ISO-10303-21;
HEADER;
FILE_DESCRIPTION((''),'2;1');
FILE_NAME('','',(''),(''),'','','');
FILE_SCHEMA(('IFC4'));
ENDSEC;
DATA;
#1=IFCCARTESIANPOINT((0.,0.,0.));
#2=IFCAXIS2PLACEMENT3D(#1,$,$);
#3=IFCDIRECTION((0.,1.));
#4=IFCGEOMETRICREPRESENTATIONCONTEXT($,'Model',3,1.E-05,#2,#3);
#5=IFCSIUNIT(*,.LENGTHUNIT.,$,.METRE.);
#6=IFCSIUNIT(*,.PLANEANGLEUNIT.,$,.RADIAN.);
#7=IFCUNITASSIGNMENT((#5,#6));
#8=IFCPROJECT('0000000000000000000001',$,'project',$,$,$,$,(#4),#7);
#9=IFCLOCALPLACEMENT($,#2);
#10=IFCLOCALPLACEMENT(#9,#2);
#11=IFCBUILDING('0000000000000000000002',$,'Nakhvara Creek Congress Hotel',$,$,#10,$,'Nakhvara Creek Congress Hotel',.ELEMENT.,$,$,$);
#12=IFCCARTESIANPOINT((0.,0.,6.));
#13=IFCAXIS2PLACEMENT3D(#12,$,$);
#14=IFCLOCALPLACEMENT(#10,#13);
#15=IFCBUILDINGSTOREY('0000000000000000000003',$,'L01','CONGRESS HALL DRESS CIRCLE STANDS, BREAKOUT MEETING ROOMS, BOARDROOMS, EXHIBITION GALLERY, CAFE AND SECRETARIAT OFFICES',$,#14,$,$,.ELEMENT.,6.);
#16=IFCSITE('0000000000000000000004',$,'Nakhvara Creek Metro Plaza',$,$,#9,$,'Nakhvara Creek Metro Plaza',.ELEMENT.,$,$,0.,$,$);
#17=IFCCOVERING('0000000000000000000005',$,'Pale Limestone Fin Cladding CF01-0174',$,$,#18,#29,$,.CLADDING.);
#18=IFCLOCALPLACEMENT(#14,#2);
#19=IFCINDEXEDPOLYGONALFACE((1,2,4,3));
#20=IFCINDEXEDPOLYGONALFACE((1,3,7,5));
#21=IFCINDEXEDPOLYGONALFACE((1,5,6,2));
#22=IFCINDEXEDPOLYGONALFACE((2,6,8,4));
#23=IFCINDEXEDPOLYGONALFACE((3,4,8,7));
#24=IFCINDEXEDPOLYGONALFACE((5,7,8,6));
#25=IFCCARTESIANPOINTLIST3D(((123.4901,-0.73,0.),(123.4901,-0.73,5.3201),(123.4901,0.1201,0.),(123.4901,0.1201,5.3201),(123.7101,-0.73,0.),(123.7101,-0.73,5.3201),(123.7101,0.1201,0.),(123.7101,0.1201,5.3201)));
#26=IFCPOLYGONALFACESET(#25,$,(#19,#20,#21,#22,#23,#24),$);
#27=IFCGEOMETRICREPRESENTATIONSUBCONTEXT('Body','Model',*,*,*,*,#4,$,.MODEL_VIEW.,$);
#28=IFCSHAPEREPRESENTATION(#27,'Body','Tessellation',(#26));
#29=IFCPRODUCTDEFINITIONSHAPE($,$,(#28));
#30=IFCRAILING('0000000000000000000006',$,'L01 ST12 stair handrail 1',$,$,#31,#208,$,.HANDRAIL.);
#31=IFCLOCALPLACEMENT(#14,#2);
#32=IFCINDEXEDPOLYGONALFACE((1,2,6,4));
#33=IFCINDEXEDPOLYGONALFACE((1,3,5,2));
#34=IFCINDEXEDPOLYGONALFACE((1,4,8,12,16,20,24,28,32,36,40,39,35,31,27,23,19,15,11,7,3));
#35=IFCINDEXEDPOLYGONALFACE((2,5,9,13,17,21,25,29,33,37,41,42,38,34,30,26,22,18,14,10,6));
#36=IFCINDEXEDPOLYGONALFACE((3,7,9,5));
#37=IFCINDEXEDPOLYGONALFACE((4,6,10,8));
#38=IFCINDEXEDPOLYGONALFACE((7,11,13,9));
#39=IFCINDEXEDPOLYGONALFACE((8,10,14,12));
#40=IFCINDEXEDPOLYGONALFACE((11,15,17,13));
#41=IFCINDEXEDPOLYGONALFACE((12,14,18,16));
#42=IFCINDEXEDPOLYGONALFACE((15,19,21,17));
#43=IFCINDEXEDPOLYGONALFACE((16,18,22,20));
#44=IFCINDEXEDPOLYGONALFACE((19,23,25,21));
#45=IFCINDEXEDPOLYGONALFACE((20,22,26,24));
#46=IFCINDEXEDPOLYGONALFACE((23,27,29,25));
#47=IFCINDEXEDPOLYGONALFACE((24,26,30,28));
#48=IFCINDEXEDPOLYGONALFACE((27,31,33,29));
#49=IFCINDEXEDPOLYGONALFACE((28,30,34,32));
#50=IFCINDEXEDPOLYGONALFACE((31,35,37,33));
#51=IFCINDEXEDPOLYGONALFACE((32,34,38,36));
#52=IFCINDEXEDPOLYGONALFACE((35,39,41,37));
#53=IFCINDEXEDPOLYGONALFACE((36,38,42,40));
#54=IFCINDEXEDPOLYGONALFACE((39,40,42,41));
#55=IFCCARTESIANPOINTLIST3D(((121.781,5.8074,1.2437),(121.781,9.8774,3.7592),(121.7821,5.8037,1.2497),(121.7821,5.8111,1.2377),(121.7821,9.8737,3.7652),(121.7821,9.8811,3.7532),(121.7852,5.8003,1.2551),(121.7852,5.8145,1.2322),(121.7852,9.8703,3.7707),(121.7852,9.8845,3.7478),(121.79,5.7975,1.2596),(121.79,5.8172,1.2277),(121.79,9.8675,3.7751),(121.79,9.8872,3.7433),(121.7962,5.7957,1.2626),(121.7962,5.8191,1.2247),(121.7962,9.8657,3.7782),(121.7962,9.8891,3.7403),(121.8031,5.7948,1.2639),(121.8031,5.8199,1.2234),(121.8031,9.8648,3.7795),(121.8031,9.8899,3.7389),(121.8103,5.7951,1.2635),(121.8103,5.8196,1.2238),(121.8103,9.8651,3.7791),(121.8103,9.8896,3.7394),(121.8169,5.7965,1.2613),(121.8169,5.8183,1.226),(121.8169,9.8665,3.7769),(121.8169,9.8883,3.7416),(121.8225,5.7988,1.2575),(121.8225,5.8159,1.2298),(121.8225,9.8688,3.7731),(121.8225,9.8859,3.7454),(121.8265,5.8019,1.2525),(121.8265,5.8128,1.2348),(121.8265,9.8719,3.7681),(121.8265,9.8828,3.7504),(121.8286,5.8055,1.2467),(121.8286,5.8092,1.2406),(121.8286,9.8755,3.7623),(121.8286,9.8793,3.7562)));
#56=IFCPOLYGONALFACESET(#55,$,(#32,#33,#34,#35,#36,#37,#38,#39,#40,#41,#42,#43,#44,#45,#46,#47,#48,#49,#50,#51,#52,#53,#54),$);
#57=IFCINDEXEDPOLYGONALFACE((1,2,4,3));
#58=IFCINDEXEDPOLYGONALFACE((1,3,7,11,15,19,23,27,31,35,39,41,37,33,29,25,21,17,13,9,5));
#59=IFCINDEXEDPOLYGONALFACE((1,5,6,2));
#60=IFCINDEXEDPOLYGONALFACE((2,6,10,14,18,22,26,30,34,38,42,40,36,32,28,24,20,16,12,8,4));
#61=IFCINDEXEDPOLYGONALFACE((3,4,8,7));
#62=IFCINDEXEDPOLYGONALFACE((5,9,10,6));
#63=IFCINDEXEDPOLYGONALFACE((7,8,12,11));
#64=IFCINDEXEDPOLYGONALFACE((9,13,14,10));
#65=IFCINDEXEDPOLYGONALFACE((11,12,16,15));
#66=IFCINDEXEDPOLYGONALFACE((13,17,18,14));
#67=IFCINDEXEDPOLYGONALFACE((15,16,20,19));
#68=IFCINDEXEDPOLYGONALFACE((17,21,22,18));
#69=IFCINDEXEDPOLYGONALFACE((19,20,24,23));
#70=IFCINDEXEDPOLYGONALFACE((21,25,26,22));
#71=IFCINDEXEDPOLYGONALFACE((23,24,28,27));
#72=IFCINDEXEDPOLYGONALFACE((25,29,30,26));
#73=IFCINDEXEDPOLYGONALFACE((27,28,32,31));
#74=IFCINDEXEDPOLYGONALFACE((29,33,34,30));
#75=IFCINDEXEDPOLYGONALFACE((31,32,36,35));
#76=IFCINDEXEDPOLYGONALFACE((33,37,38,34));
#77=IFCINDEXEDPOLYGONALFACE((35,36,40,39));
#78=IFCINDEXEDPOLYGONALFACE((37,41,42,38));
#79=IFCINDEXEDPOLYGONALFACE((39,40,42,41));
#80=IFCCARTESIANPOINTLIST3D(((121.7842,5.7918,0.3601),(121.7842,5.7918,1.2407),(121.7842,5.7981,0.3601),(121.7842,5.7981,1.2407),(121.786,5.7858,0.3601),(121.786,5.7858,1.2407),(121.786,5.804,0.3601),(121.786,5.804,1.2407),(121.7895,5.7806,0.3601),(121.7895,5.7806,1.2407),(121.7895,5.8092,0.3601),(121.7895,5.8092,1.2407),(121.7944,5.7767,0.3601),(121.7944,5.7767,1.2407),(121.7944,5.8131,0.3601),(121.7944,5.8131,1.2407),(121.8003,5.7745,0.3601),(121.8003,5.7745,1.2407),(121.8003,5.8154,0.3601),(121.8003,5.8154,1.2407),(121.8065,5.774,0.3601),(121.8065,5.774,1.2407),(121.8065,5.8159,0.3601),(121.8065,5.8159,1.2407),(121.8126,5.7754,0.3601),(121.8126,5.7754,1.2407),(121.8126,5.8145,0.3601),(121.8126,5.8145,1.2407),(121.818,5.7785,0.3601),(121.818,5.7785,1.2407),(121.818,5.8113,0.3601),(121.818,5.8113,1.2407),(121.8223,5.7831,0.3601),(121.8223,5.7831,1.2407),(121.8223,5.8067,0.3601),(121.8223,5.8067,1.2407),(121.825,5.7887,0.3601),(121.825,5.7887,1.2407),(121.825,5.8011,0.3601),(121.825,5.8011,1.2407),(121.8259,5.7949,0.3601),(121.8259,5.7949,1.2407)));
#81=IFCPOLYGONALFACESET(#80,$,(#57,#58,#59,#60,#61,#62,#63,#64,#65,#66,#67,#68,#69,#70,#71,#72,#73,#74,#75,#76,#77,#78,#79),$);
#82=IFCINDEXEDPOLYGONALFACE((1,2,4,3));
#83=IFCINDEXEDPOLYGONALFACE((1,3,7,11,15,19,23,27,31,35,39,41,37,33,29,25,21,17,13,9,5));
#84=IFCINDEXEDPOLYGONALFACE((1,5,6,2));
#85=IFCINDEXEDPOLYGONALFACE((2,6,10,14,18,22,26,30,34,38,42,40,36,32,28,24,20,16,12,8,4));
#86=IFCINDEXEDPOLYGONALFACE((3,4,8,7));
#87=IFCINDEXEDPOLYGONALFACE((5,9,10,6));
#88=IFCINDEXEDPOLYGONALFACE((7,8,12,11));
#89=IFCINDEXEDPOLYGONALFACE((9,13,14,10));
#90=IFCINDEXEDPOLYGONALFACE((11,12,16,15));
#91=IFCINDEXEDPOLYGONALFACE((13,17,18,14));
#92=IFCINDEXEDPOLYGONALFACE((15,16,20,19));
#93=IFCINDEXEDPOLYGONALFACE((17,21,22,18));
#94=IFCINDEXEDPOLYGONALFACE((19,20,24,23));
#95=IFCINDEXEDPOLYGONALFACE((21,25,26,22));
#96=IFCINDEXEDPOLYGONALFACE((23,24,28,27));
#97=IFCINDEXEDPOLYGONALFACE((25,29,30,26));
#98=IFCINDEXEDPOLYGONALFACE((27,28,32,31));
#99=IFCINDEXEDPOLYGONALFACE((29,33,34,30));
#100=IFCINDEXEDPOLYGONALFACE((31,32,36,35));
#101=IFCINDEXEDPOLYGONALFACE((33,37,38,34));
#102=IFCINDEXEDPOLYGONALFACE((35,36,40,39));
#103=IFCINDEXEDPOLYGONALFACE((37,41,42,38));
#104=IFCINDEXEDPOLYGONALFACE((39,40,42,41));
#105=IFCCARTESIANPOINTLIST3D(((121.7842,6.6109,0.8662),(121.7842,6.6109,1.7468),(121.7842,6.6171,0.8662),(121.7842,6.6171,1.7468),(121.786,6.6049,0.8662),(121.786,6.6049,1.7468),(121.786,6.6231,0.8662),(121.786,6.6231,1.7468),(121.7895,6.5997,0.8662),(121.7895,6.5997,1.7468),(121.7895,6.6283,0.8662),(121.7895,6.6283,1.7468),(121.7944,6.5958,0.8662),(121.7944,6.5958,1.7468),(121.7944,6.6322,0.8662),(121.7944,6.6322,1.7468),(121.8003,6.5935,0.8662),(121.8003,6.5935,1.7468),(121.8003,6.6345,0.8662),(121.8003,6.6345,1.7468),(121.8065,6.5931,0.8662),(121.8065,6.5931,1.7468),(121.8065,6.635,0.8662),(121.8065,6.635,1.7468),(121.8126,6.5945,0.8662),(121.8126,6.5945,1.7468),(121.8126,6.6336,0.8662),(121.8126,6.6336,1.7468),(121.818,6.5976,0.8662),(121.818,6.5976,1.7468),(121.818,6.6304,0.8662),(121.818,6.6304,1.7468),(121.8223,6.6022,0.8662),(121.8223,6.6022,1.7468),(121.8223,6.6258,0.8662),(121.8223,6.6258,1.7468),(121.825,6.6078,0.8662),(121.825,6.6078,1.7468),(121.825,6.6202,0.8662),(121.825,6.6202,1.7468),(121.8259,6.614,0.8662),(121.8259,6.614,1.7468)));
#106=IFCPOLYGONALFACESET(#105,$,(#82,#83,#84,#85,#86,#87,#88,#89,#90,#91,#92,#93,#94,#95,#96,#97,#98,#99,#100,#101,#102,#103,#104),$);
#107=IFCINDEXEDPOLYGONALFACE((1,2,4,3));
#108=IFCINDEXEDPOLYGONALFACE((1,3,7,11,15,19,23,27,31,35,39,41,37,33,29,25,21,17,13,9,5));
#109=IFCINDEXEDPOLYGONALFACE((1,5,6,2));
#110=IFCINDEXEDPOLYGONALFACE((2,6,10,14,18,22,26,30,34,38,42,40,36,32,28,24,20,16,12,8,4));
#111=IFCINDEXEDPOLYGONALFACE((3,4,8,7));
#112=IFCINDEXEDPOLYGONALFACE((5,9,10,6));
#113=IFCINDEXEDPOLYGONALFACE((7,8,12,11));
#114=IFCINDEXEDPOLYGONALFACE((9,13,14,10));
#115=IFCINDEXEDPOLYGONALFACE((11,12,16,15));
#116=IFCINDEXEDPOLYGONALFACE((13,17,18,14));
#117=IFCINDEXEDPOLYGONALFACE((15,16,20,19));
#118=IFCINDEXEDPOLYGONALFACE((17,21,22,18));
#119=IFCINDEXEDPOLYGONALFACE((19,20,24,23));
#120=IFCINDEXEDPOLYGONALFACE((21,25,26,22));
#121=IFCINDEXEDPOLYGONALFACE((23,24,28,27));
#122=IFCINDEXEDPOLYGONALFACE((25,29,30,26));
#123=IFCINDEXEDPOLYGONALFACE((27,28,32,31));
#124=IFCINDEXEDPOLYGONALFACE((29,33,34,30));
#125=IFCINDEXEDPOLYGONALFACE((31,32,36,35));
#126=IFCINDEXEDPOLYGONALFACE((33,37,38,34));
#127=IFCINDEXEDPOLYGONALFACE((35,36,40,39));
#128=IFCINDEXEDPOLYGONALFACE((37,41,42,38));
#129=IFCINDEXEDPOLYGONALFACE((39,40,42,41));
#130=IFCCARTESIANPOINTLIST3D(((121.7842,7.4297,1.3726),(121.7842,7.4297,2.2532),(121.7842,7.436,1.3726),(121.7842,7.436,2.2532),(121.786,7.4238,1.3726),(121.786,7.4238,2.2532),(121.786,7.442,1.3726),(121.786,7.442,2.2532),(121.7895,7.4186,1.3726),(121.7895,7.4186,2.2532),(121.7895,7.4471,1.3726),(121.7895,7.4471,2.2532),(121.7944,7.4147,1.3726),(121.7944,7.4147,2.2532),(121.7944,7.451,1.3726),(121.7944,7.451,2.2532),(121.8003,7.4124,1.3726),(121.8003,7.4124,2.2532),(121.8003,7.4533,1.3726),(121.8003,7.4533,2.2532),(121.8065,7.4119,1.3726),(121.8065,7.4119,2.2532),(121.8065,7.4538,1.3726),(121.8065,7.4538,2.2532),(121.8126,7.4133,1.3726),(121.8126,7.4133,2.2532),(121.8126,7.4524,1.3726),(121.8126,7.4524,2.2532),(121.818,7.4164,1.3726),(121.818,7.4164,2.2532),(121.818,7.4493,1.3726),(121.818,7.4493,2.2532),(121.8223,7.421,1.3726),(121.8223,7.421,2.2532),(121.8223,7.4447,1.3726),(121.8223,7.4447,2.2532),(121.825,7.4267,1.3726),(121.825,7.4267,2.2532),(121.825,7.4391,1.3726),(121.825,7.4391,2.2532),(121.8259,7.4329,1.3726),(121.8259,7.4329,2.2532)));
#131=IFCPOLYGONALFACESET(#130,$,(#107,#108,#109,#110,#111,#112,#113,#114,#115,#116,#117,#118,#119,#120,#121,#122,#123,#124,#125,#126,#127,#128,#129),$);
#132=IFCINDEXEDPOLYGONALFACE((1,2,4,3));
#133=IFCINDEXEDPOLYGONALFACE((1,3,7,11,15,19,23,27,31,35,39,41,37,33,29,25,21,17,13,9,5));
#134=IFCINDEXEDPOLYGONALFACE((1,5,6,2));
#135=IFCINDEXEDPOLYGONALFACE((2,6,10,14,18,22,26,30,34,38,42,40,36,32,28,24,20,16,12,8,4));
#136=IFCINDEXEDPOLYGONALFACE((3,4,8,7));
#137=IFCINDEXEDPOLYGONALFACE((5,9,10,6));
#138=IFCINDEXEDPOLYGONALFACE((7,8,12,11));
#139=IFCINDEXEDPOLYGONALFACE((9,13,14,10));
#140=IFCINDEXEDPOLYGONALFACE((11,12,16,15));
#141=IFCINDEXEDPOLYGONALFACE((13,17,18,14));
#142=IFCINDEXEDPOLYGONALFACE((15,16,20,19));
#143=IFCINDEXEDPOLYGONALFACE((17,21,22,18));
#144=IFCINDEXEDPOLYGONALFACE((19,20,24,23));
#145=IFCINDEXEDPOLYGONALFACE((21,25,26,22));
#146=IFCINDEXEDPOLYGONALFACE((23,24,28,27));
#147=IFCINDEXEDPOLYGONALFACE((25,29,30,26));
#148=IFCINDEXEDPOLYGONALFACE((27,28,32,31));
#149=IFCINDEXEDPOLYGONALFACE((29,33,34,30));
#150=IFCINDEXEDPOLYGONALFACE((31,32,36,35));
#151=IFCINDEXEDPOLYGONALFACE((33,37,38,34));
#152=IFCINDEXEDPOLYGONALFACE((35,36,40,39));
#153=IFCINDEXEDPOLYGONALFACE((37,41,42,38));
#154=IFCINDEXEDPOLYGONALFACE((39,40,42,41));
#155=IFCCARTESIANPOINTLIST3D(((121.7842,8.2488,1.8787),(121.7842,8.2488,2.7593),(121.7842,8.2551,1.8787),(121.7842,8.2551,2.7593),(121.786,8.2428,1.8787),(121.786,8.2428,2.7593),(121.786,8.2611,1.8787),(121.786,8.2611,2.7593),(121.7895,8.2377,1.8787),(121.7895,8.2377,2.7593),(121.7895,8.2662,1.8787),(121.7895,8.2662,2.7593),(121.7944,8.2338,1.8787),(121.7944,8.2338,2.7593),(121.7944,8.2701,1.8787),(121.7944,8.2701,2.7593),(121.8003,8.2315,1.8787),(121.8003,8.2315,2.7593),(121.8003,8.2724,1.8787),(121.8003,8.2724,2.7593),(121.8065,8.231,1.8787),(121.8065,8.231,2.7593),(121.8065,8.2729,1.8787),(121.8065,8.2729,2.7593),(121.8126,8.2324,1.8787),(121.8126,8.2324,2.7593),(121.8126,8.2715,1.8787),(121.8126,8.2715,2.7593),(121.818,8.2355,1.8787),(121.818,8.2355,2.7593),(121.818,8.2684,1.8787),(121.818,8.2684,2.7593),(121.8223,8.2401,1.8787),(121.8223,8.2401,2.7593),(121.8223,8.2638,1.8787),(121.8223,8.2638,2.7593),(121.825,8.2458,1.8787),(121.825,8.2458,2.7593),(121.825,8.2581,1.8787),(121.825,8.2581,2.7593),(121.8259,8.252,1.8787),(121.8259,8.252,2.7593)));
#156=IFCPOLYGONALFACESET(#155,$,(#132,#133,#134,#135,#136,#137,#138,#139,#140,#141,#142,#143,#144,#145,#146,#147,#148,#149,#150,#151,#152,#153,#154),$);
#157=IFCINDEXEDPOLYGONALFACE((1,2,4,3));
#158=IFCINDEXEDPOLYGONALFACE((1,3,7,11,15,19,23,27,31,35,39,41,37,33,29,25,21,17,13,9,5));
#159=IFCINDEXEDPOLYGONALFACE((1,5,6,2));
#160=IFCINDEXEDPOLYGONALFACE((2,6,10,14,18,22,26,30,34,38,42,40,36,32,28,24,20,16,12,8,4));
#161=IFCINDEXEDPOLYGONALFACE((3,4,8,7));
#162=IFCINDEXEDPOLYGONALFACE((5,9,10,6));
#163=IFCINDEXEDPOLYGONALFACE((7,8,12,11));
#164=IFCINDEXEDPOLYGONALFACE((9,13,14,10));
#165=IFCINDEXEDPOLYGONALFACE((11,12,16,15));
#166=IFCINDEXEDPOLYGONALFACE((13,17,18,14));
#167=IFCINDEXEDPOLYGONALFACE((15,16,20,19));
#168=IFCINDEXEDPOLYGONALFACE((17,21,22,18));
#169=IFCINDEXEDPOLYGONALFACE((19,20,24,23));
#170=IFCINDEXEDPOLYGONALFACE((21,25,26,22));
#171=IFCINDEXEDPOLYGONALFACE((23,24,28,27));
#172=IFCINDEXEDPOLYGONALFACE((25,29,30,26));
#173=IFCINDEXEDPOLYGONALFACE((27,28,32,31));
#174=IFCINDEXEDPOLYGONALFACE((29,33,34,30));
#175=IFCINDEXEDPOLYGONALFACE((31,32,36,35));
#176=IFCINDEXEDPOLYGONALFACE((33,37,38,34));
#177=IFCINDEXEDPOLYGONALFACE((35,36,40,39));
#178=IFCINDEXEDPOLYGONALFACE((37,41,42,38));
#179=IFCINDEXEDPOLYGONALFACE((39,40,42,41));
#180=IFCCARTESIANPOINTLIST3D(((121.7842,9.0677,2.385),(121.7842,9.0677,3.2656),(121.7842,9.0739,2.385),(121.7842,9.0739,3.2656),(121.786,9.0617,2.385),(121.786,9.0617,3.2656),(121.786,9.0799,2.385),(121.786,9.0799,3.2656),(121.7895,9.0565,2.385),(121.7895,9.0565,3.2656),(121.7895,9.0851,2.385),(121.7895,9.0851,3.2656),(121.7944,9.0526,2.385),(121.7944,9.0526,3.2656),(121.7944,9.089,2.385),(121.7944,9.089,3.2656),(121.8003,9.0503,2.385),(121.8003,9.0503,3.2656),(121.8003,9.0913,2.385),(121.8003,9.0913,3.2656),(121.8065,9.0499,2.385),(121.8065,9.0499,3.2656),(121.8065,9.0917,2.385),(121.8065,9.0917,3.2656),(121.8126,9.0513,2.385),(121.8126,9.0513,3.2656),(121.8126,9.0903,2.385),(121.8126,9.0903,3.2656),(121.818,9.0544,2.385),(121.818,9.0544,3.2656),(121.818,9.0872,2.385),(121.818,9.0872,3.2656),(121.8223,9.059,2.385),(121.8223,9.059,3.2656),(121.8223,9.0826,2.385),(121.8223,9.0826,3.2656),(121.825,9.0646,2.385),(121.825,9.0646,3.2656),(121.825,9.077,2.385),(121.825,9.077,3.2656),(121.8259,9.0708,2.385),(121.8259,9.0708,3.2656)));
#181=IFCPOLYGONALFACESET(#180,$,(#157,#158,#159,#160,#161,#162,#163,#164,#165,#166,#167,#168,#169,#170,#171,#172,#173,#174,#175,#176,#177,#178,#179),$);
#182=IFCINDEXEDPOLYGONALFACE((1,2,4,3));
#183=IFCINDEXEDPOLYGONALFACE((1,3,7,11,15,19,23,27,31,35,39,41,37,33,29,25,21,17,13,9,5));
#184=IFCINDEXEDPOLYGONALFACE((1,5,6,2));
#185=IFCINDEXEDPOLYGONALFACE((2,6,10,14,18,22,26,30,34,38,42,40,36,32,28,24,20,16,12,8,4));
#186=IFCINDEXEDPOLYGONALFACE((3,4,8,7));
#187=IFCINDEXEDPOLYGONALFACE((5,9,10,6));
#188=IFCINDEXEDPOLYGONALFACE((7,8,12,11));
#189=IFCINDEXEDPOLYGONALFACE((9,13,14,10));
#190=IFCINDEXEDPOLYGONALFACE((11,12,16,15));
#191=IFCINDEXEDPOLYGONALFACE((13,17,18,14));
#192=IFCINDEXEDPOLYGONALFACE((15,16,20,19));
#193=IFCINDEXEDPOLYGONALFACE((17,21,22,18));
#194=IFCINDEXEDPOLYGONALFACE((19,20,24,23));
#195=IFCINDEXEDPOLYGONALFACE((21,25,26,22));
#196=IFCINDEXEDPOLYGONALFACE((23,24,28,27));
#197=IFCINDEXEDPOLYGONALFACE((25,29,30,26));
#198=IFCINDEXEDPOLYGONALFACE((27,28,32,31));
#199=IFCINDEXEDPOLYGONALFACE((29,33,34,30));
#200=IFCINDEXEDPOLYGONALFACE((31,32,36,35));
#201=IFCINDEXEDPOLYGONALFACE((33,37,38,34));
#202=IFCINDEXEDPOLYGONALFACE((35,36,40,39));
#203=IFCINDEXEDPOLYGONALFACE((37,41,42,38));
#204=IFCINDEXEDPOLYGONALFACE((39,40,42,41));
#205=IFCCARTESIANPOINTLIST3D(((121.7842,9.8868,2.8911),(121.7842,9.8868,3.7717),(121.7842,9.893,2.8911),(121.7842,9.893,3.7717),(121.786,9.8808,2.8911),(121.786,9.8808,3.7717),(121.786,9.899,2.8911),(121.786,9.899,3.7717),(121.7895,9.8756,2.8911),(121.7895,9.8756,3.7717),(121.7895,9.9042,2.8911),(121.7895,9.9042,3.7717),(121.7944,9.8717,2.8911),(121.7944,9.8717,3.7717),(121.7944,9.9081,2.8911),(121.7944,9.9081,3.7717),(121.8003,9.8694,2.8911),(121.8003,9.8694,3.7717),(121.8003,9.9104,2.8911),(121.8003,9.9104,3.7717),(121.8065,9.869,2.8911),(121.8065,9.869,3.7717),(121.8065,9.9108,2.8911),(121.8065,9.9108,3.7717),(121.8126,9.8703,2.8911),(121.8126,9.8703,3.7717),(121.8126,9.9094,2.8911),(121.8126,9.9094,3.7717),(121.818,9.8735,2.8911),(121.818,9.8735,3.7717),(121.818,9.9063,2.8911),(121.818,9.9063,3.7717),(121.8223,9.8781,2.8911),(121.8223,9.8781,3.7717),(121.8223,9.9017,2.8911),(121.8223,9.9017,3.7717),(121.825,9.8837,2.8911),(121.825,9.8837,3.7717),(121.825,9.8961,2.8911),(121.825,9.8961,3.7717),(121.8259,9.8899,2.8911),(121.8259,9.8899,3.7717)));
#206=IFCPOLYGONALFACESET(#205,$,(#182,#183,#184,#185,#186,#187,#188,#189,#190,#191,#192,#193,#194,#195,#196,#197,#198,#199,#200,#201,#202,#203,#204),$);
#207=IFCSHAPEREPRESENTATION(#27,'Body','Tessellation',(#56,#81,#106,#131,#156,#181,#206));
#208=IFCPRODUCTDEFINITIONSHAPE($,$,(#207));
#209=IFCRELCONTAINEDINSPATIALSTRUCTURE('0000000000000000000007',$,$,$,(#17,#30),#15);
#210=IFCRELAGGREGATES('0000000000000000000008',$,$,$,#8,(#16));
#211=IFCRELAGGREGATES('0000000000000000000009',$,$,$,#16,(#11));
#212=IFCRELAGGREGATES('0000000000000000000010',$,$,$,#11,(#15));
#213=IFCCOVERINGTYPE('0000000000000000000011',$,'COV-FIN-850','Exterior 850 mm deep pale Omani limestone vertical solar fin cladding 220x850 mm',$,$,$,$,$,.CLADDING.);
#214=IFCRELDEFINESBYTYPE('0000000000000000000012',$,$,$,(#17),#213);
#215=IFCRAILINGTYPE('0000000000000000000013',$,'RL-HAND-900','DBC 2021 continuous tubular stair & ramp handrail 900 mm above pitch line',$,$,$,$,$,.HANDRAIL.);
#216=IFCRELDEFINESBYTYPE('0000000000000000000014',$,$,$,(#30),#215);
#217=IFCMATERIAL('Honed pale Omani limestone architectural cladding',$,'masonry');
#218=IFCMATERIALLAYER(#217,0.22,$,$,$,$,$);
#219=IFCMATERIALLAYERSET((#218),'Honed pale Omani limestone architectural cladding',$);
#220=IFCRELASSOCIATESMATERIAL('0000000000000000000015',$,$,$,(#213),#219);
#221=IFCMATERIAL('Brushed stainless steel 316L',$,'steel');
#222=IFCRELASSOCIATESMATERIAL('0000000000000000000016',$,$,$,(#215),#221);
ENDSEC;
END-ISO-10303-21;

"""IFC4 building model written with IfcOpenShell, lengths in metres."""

from ifc_helpers import new_model, si_unit, direction, frame, origin, origin_2d, place, context, subcontext, project, spatial, rectangle, circle, extrude, material, layer, layer_set, type_object, element, save


model = new_model("IFC4")

# Units and contexts
model_context = context("Model", 3, precision=1e-05, world=origin(), true_north=direction((0.0, 1.0)))
body_context = subcontext(model_context, "Body", "Model", "MODEL_VIEW")
ifc_project = project(units=[si_unit("LENGTHUNIT", "METRE"), si_unit("PLANEANGLEUNIT", "RADIAN")], contexts=[model_context])

# Site, building, storey
site_placement = place(None, origin())
site = spatial("IfcSite", under=ifc_project, at=site_placement, Name="Nakhvara Creek Metro Plaza", LongName="Nakhvara Creek Metro Plaza", CompositionType="ELEMENT", RefElevation=0.0)
building_placement = place(site_placement, origin())
building = spatial("IfcBuilding", under=site, at=building_placement, Name="Nakhvara Creek Congress Hotel", LongName="Nakhvara Creek Congress Hotel", CompositionType="ELEMENT")
storey_placement = place(building_placement, frame((0.0, 0.0, 6.0)))
storey = spatial("IfcBuildingStorey", under=building, at=storey_placement, Name="L01", Description="CONGRESS HALL DRESS CIRCLE STANDS, BREAKOUT MEETING ROOMS, BOARDROOMS, EXHIBITION GALLERY, CAFE AND SECRETARIAT OFFICES", CompositionType="ELEMENT", Elevation=6.0)

# Covering
ifc_material_1 = material(Name="Honed pale Omani limestone architectural cladding", Category="masonry")
ifc_layer_1 = layer(ifc_material_1, 0.22)
ifc_layer_set_1 = layer_set([ifc_layer_1], Name="Honed pale Omani limestone architectural cladding")
covering_type = type_object("IfcCoveringType", Name="COV-FIN-850", Description="Exterior 850 mm deep pale Omani limestone vertical solar fin cladding 220x850 mm", PredefinedType="CLADDING", material=ifc_layer_set_1)
for number, where, z_axis, x_axis, name in (
    (1, (123.6001, -0.3049, 0.0), (0.0, 0.0, 1.0), (1.0, 0.0, 0.0), "Pale Limestone Fin Cladding CF01-0174"),
):
    element("IfcCovering", number, at=place(storey_placement, frame(where, z_axis=z_axis, x_axis=x_axis)), inside=storey, type_object=covering_type, Name=name, PredefinedType="CLADDING", context=body_context, shape_type="SweptSolid", body=[
        extrude(rectangle(XDim=0.22, YDim=0.8501, at=origin_2d()), origin(), (0.0, 0.0, 1.0), 5.3201),
    ])

# Railing
ifc_material_2 = material(Name="Brushed stainless steel 316L", Category="steel")
railing_type = type_object("IfcRailingType", Name="RL-HAND-900", Description="DBC 2021 continuous tubular stair & ramp handrail 900 mm above pitch line", PredefinedType="HANDRAIL", material=ifc_material_2)
railing_placement = place(storey_placement, frame((121.8049, 5.7949, 0.3601)))
element("IfcRailing", 2, at=railing_placement, inside=storey, type_object=railing_type, Name="L01 ST12 stair handrail 1", PredefinedType="HANDRAIL", context=body_context, shape_type="SweptSolid", body=[
    extrude(circle(Radius=0.0239, at=origin_2d()), frame((0.0, 0.0125, 0.8835), z_axis=(0.0, 0.850635, 0.525757), x_axis=(-1.0, 0.0, 0.0)), (0.0, 0.0, 1.0), 4.7847),
    extrude(circle(Radius=0.021, at=origin_2d()), origin(), (0.0, 0.0, 1.0), 0.8806),
    extrude(circle(Radius=0.021, at=origin_2d()), frame((0.0, 0.8191, 0.5061)), (0.0, 0.0, 1.0), 0.8806),
    extrude(circle(Radius=0.021, at=origin_2d()), frame((0.0, 1.6379, 1.0125)), (0.0, 0.0, 1.0), 0.8806),
    extrude(circle(Radius=0.021, at=origin_2d()), frame((0.0, 2.457, 1.5186)), (0.0, 0.0, 1.0), 0.8806),
    extrude(circle(Radius=0.021, at=origin_2d()), frame((0.0, 3.2759, 2.0249)), (0.0, 0.0, 1.0), 0.8806),
    extrude(circle(Radius=0.021, at=origin_2d()), frame((0.0, 4.095, 2.531)), (0.0, 0.0, 1.0), 0.8806),
])

save(model, "model.ifc")
